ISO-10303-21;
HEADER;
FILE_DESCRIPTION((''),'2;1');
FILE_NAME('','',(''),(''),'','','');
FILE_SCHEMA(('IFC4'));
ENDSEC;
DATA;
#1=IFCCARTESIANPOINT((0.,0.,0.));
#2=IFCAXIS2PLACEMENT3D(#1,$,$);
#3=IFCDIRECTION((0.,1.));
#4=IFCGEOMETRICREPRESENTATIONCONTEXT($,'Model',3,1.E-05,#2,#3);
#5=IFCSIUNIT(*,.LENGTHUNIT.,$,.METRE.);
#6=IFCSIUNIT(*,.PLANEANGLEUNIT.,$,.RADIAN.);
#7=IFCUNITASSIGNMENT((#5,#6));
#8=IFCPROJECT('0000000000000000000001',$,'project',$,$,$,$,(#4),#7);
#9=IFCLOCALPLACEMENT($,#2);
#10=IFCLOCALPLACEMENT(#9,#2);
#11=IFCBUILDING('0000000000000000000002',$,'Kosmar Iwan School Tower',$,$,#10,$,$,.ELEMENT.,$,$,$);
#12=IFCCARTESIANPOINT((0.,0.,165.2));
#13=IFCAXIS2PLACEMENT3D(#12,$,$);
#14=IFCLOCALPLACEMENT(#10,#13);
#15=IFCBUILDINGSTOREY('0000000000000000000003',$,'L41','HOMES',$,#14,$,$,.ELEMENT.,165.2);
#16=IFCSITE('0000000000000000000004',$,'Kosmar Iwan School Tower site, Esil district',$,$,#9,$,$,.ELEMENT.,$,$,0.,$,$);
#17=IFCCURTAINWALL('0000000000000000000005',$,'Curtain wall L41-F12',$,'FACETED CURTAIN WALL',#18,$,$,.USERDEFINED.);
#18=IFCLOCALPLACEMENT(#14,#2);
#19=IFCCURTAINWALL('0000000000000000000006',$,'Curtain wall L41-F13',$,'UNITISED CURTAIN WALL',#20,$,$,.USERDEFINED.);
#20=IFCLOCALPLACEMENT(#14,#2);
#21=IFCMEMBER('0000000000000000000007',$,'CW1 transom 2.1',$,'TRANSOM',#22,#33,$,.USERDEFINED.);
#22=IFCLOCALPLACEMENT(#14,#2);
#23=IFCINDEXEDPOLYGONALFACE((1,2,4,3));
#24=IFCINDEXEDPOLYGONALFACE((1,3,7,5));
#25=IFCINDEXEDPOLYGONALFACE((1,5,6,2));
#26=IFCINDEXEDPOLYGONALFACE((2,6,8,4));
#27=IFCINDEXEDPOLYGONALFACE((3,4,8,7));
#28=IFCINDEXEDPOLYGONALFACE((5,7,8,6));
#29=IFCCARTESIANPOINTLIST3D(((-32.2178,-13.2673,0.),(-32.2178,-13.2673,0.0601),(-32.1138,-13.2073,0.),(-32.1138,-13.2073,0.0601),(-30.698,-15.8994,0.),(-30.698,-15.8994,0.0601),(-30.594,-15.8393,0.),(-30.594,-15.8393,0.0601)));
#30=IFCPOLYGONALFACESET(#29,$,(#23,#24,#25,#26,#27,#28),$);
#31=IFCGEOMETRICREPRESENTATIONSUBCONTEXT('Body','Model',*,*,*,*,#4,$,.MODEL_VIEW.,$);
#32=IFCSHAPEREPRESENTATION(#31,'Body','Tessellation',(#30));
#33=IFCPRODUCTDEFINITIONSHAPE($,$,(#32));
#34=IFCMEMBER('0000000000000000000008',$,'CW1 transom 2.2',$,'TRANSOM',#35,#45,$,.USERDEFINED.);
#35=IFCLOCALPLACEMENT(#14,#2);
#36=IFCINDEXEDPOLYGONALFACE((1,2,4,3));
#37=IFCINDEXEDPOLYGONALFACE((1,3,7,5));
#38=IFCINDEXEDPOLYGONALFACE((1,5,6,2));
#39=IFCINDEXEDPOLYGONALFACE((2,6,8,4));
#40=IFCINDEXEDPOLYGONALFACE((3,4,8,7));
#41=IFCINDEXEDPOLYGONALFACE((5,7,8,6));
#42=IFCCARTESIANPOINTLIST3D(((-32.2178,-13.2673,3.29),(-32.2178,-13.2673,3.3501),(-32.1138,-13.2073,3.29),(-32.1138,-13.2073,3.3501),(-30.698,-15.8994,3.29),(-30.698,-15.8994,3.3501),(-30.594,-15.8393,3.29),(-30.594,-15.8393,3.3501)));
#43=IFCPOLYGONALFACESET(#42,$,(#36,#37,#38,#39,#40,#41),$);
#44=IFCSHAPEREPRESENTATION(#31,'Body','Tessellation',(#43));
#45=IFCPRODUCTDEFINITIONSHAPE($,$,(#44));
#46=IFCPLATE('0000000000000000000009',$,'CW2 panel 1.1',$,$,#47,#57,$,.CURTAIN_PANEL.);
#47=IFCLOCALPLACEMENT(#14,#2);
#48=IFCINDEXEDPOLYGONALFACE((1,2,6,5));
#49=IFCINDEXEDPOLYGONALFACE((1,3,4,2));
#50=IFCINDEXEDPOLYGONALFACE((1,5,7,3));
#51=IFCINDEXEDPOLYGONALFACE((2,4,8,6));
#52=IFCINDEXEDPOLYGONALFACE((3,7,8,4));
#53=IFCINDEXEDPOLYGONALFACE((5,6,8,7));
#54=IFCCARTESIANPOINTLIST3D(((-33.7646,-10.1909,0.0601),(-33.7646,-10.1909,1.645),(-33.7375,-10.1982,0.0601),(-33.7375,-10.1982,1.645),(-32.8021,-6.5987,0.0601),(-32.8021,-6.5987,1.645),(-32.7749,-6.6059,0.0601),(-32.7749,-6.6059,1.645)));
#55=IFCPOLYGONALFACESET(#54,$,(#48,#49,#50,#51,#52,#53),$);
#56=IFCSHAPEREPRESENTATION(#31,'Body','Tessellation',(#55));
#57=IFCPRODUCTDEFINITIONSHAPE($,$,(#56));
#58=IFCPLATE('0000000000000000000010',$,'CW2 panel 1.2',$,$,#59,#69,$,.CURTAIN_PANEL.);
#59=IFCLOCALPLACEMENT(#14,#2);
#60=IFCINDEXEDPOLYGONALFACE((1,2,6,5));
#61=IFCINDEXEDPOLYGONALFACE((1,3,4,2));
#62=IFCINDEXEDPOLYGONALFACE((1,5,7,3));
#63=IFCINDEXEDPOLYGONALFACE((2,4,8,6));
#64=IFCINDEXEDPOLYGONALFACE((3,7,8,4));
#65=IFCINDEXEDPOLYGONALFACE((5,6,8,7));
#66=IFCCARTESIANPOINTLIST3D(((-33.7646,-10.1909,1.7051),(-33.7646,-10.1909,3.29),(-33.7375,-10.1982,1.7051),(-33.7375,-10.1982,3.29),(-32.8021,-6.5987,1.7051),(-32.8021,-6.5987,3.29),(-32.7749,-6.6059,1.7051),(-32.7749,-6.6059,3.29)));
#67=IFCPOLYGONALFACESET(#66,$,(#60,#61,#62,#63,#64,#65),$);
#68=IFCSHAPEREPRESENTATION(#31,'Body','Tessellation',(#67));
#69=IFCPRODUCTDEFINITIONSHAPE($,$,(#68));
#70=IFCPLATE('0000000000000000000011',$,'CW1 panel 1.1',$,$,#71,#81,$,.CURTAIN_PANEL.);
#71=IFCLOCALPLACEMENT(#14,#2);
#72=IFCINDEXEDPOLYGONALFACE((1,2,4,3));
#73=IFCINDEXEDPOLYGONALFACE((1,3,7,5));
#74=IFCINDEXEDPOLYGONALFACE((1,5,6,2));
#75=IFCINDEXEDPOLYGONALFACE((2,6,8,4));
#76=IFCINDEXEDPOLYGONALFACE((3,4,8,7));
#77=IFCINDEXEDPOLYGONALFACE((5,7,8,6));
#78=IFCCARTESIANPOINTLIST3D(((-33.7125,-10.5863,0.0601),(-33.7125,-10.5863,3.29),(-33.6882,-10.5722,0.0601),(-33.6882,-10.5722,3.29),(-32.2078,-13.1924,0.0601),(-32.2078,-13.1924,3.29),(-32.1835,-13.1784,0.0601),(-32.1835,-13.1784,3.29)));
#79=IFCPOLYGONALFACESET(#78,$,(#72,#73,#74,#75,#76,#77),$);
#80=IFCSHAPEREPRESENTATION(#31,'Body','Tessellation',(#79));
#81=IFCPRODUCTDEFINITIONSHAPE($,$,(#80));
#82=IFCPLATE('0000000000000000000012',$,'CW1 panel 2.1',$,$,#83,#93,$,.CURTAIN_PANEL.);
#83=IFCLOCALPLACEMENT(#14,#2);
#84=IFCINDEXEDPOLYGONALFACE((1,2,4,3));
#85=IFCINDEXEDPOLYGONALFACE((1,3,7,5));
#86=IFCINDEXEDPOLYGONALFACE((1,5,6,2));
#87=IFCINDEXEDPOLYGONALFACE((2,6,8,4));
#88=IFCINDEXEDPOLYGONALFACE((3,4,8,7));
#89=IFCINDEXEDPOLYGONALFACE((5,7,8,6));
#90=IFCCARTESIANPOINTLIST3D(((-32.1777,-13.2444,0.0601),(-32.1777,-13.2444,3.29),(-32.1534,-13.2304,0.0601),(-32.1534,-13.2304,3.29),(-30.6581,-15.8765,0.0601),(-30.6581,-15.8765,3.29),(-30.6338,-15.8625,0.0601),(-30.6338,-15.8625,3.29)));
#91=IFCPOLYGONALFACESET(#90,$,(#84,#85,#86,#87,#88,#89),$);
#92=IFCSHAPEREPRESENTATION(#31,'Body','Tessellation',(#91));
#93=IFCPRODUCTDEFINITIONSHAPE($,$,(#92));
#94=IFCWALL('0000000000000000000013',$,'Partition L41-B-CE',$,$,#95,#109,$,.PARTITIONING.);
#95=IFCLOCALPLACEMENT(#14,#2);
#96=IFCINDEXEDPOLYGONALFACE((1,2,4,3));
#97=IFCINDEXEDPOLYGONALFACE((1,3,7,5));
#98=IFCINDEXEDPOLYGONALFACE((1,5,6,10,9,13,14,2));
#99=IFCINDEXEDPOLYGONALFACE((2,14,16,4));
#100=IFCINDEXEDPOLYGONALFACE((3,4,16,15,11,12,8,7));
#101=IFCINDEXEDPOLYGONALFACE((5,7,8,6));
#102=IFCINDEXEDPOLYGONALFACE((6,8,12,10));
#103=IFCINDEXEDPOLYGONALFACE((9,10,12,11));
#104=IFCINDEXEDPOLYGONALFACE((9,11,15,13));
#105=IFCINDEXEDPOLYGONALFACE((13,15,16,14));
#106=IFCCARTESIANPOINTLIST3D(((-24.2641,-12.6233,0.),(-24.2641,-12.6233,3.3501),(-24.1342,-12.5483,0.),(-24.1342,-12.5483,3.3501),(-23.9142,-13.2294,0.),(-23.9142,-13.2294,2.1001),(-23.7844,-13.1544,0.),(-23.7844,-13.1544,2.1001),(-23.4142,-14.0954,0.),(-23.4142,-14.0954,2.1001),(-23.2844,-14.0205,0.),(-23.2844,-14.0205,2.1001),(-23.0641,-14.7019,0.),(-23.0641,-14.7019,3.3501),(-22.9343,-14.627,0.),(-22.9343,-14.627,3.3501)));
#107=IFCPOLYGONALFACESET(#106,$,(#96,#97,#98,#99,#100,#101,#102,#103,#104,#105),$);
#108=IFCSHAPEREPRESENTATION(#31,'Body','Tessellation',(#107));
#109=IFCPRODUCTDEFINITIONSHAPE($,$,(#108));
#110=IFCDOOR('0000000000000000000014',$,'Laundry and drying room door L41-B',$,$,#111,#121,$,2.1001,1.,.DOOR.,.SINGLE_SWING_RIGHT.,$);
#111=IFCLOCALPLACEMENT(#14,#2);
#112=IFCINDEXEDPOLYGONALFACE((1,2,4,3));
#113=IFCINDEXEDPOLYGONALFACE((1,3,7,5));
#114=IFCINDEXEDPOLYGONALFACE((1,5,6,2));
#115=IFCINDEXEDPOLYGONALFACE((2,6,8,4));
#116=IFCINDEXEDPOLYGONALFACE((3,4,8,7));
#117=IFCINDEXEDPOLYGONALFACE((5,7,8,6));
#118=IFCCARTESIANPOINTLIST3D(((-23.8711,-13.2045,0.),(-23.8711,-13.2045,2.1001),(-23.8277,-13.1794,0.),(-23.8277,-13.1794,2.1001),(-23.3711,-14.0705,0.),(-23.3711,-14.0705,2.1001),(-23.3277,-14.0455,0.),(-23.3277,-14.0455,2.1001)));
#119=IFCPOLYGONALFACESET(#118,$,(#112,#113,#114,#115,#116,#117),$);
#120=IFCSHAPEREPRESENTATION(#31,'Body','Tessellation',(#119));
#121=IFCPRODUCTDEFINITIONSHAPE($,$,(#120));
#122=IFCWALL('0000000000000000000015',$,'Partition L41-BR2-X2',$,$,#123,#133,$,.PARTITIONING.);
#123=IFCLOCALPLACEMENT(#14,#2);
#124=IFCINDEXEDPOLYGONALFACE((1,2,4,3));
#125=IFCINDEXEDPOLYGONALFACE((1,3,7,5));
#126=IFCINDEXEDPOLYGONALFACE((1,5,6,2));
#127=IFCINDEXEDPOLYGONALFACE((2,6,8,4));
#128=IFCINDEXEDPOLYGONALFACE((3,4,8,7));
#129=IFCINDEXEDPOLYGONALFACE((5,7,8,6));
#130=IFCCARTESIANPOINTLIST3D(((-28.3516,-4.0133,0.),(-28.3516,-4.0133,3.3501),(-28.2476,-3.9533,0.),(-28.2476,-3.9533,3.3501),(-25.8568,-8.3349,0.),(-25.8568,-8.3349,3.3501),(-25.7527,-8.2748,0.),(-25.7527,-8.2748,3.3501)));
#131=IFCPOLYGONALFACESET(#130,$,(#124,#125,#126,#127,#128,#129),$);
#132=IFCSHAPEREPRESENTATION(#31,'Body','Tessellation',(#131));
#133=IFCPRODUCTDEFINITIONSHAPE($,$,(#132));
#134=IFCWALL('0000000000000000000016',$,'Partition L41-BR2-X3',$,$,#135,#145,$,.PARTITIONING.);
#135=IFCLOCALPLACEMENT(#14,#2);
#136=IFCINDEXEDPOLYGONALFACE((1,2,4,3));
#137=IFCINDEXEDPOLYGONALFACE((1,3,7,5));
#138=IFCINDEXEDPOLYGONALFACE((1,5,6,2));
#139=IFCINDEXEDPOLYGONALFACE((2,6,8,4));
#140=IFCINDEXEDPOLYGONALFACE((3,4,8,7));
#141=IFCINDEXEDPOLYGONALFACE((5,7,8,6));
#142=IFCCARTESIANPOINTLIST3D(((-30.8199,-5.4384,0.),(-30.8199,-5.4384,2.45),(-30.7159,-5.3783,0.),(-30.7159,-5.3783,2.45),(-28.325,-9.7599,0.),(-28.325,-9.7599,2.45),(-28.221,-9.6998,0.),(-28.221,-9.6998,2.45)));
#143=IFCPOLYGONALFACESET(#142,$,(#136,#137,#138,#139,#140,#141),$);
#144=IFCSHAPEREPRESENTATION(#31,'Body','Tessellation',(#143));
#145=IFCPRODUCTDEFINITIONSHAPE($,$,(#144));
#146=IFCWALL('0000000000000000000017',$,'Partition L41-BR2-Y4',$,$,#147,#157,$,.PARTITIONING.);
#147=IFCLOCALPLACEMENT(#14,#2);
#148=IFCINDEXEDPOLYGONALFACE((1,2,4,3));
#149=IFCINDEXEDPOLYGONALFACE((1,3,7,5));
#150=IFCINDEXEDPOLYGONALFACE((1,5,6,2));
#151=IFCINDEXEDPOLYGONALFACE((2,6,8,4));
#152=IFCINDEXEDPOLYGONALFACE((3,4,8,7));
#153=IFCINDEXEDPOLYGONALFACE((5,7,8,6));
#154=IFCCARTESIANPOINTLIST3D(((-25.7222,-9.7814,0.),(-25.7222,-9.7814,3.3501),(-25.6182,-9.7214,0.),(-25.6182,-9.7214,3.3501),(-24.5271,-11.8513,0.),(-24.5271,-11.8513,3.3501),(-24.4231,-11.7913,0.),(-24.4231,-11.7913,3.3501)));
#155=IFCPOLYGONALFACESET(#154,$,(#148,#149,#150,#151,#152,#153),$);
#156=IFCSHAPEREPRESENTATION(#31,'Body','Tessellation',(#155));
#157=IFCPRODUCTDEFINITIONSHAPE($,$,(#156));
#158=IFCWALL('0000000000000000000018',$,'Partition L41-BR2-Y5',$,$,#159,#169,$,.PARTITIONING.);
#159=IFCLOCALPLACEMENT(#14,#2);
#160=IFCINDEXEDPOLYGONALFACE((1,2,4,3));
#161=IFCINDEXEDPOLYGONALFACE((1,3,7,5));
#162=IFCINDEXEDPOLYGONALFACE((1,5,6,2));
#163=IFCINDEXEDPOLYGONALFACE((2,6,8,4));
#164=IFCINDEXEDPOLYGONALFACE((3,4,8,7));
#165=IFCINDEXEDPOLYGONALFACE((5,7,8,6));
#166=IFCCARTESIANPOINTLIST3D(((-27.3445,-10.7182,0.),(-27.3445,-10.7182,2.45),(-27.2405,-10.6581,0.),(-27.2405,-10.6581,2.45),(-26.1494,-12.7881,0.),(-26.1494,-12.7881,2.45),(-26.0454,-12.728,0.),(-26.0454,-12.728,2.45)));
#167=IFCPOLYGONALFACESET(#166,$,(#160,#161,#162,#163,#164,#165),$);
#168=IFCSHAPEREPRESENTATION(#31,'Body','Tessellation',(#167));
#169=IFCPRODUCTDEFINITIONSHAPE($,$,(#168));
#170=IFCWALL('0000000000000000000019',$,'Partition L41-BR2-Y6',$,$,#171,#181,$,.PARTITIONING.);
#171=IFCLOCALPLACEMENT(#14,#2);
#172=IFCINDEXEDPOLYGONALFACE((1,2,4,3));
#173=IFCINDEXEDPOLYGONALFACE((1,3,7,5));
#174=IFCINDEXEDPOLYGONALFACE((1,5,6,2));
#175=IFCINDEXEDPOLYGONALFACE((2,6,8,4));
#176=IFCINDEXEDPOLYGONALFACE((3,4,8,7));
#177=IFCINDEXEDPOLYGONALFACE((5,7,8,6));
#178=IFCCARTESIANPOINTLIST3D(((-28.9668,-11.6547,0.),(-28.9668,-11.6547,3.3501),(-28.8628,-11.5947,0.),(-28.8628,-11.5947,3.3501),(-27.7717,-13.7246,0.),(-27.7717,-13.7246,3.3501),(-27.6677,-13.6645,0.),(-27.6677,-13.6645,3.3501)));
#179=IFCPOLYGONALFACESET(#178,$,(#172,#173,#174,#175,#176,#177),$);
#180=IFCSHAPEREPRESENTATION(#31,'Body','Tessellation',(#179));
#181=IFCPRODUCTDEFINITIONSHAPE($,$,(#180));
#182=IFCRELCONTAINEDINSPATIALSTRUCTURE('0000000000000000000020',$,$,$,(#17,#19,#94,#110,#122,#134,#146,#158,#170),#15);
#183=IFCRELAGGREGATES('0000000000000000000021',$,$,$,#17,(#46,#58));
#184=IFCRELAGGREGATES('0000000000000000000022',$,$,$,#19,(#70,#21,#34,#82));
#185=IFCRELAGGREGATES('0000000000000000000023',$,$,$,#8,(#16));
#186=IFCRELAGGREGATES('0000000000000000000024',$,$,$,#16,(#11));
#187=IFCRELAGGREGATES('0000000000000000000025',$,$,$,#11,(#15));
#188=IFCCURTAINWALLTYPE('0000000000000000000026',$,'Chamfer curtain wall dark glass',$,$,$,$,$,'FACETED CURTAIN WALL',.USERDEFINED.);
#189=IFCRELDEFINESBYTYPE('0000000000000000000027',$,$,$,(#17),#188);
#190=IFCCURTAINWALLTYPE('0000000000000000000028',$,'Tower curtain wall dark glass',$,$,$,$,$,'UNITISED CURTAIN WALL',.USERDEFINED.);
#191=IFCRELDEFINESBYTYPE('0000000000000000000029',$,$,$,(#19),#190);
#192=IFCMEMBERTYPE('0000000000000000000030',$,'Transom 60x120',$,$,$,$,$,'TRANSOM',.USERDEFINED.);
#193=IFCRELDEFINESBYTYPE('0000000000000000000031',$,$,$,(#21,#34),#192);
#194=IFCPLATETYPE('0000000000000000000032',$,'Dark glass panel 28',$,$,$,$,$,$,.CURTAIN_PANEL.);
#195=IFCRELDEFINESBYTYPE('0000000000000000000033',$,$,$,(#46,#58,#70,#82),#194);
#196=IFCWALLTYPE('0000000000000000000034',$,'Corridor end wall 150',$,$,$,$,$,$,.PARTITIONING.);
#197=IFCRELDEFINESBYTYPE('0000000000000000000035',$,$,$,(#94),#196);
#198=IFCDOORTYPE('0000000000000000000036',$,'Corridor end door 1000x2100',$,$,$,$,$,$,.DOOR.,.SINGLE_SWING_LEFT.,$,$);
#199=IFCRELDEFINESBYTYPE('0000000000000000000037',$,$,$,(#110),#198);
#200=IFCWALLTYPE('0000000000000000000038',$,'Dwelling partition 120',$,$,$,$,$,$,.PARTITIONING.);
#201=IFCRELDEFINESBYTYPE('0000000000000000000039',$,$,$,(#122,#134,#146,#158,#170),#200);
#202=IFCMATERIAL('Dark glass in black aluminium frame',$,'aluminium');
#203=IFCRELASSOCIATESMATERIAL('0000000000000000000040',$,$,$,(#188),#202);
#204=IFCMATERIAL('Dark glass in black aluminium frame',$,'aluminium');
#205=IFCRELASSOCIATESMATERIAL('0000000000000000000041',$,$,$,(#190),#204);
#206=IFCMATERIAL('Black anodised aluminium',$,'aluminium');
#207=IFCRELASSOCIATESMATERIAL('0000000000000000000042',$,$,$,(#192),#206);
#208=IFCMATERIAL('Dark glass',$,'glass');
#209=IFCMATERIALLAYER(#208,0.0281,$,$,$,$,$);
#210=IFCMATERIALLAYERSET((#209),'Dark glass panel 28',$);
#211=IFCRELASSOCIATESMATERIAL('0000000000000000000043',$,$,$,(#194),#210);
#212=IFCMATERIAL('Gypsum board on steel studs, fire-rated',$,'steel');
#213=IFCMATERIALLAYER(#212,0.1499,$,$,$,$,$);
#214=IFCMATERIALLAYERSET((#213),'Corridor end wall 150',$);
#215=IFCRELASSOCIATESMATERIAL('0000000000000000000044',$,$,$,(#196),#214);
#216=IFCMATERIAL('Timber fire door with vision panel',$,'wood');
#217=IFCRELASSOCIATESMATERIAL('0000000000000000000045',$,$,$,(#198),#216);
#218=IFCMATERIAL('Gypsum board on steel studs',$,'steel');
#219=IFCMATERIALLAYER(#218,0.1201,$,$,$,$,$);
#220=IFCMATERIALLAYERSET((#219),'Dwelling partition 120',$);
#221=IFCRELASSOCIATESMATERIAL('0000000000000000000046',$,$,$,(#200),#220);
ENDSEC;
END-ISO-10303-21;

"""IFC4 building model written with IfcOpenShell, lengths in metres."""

from ifc_helpers import new_model, si_unit, direction, frame, frame_2d, origin, origin_2d, place, context, subcontext, project, spatial, rectangle, extrude, material, layer, layer_set, material_profile, profile_set, type_object, element, fill, aggregate, save


model = new_model("IFC4")

# Units and contexts
model_context = context("Model", 3, precision=1e-05, world=origin(), true_north=direction((0.0, 1.0)))
body_context = subcontext(model_context, "Body", "Model", "MODEL_VIEW")
ifc_project = project(units=[si_unit("LENGTHUNIT", "METRE"), si_unit("PLANEANGLEUNIT", "RADIAN")], contexts=[model_context])

# Site, building, storey
site_placement = place(None, origin())
site = spatial("IfcSite", under=ifc_project, at=site_placement, Name="Kosmar Iwan School Tower site, Esil district", CompositionType="ELEMENT", RefElevation=0.0)
building_placement = place(site_placement, origin())
building = spatial("IfcBuilding", under=site, at=building_placement, Name="Kosmar Iwan School Tower", CompositionType="ELEMENT")
storey_placement = place(building_placement, frame((0.0, 0.0, 165.2)))
storey = spatial("IfcBuildingStorey", under=building, at=storey_placement, Name="L41", Description="HOMES", CompositionType="ELEMENT", Elevation=165.2)

# Curtain wall
ifc_material_1 = material(Name="Dark glass in black aluminium frame", Category="aluminium")
curtain_wall_type_1 = type_object("IfcCurtainWallType", Name="Chamfer curtain wall dark glass", ElementType="FACETED CURTAIN WALL", PredefinedType="USERDEFINED", material=ifc_material_1)
curtain_wall_1_placement = place(storey_placement, origin())
curtain_wall_1 = element("IfcCurtainWall", 1, at=curtain_wall_1_placement, inside=storey, type_object=curtain_wall_type_1, Name="Curtain wall L41-F12", ObjectType="FACETED CURTAIN WALL", PredefinedType="USERDEFINED")

# Curtain wall
ifc_material_2 = material(Name="Dark glass in black aluminium frame", Category="aluminium")
curtain_wall_type_2 = type_object("IfcCurtainWallType", Name="Tower curtain wall dark glass", ElementType="UNITISED CURTAIN WALL", PredefinedType="USERDEFINED", material=ifc_material_2)
curtain_wall_2_placement = place(storey_placement, origin())
curtain_wall_2 = element("IfcCurtainWall", 2, at=curtain_wall_2_placement, inside=storey, type_object=curtain_wall_type_2, Name="Curtain wall L41-F13", ObjectType="UNITISED CURTAIN WALL", PredefinedType="USERDEFINED")

# Members
ifc_material_3 = material(Name="Black anodised aluminium", Category="aluminium")
ifc_material_profile_1 = material_profile(ifc_material_3, rectangle(XDim=0.1201, YDim=0.0601, at=origin_2d()), Name="TRANSOM 60x120")
ifc_profile_set_1 = profile_set([ifc_material_profile_1], Name="Black anodised aluminium")
member_type_1 = type_object("IfcMemberType", Name="Transom 60x120", ElementType="TRANSOM", PredefinedType="USERDEFINED", material=ifc_profile_set_1)
member_1_placement = place(storey_placement, frame((-32.1658, -13.2373, 0.03), z_axis=(0.500035, -0.866005, 0.0), x_axis=(0.866005, 0.500035, 0.0)))
member_1 = element("IfcMember", 3, at=member_1_placement, type_object=member_type_1, Name="CW1 transom 2.1", ObjectType="TRANSOM", PredefinedType="USERDEFINED", context=body_context, shape_type="SweptSolid", body=[
    extrude(rectangle(XDim=0.1201, YDim=0.0601, at=origin_2d()), origin(), (0.0, 0.0, 1.0), 3.0393),
])
member_2_placement = place(storey_placement, frame((-32.1658, -13.2373, 3.3201), z_axis=(0.500035, -0.866005, 0.0), x_axis=(0.866005, 0.500035, 0.0)))
member_2 = element("IfcMember", 4, at=member_2_placement, type_object=member_type_1, Name="CW1 transom 2.2", ObjectType="TRANSOM", PredefinedType="USERDEFINED", context=body_context, shape_type="SweptSolid", body=[
    extrude(rectangle(XDim=0.1201, YDim=0.0601, at=origin_2d()), origin(), (0.0, 0.0, 1.0), 3.0393),
])

# Plates
ifc_material_4 = material(Name="Dark glass", Category="glass")
ifc_layer_1 = layer(ifc_material_4, 0.0281)
ifc_layer_set_1 = layer_set([ifc_layer_1], Name="Dark glass panel 28")
plate_type = type_object("IfcPlateType", Name="Dark glass panel 28", PredefinedType="CURTAIN_PANEL", material=ifc_layer_set_1)
plate_1_placement = place(storey_placement, frame((-33.2698, -8.3984, 0.0601), z_axis=(0.0, 0.0, 1.0), x_axis=(-0.258819, -0.965926, 0.0)))
plate_1 = element("IfcPlate", 5, at=plate_1_placement, type_object=plate_type, Name="CW2 panel 1.1", PredefinedType="CURTAIN_PANEL", context=body_context, shape_type="SweptSolid", body=[
    extrude(rectangle(XDim=3.719, YDim=0.0281, at=origin_2d()), origin(), (0.0, 0.0, 1.0), 1.585),
])
plate_2_placement = place(storey_placement, frame((-33.2698, -8.3984, 1.7051), z_axis=(0.0, 0.0, 1.0), x_axis=(-0.258819, -0.965926, 0.0)))
plate_2 = element("IfcPlate", 6, at=plate_2_placement, type_object=plate_type, Name="CW2 panel 1.2", PredefinedType="CURTAIN_PANEL", context=body_context, shape_type="SweptSolid", body=[
    extrude(rectangle(XDim=3.719, YDim=0.0281, at=origin_2d()), origin(), (0.0, 0.0, 1.0), 1.585),
])
aggregate(curtain_wall_1, [plate_1, plate_2])
plate_3_placement = place(storey_placement, frame((-32.948, -11.8823, 0.0601), z_axis=(0.0, 0.0, 1.0), x_axis=(0.5, -0.866025, 0.0)))
plate_3 = element("IfcPlate", 7, at=plate_3_placement, type_object=plate_type, Name="CW1 panel 1.1", PredefinedType="CURTAIN_PANEL", context=body_context, shape_type="SweptSolid", body=[
    extrude(rectangle(XDim=3.0093, YDim=0.0281, at=origin_2d()), origin(), (0.0, 0.0, 1.0), 3.23),
])
plate_4_placement = place(storey_placement, frame((-31.4058, -14.5535, 0.0601), z_axis=(0.0, 0.0, 1.0), x_axis=(0.5, -0.866025, 0.0)))
plate_4 = element("IfcPlate", 8, at=plate_4_placement, type_object=plate_type, Name="CW1 panel 2.1", PredefinedType="CURTAIN_PANEL", context=body_context, shape_type="SweptSolid", body=[
    extrude(rectangle(XDim=3.0393, YDim=0.0281, at=origin_2d()), origin(), (0.0, 0.0, 1.0), 3.23),
])
aggregate(curtain_wall_2, [plate_3, member_1, member_2, plate_4])

# Wall, opening, door
ifc_material_5 = material(Name="Gypsum board on steel studs, fire-rated", Category="steel")
ifc_layer_2 = layer(ifc_material_5, 0.1499)
ifc_layer_set_2 = layer_set([ifc_layer_2], Name="Corridor end wall 150")
wall_type_1 = type_object("IfcWallType", Name="Corridor end wall 150", PredefinedType="PARTITIONING", material=ifc_layer_set_2)
wall_1_placement = place(storey_placement, frame((-24.1992, -12.5857, 0.0), z_axis=(0.0, 0.0, 1.0), x_axis=(0.499957, -0.86605, 0.0)))
wall_1 = element("IfcWall", 9, at=wall_1_placement, inside=storey, type_object=wall_type_1, Name="Partition L41-B-CE", PredefinedType="PARTITIONING", context=body_context, shape_type="SweptSolid", body=[
    extrude(rectangle(XDim=2.4001, YDim=0.1499, at=frame_2d((1.2002, 0.0))), origin(), (0.0, 0.0, 1.0), 3.3501),
])
opening_placement = place(wall_1_placement, frame((0.7, 0.0, 0.0)))
opening = element("IfcOpeningElement", 10, at=opening_placement, cuts=wall_1, PredefinedType="OPENING", context=body_context, shape_type="SweptSolid", body=[
    extrude(rectangle(XDim=1.0, YDim=2.1001, at=frame_2d((0.5, 1.05))), frame((0.0, 0.0869, 0.0), z_axis=(0.0, -1.0, 0.0), x_axis=(1.0, 0.0, 0.0)), (0.0, 0.0, 1.0), 0.1738),
])
ifc_material_6 = material(Name="Timber fire door with vision panel", Category="wood")
door_type = type_object("IfcDoorType", Name="Corridor end door 1000x2100", OperationType="SINGLE_SWING_LEFT", PredefinedType="DOOR", material=ifc_material_6)
door_placement = place(opening_placement, origin())
door = element("IfcDoor", 11, at=door_placement, inside=storey, type_object=door_type, Name="Laundry and drying room door L41-B", OperationType="SINGLE_SWING_RIGHT", OverallHeight=2.1001, OverallWidth=1.0, PredefinedType="DOOR", context=body_context, shape_type="SweptSolid", body=[
    extrude(rectangle(XDim=1.0, YDim=2.1001, at=frame_2d((0.5, 1.05))), frame((0.0, 0.0249, 0.0), z_axis=(0.0, -1.0, 0.0), x_axis=(1.0, 0.0, 0.0)), (0.0, 0.0, 1.0), 0.05),
])
fill(opening, door)

# Walls
ifc_material_7 = material(Name="Gypsum board on steel studs", Category="steel")
ifc_layer_3 = layer(ifc_material_7, 0.1201)
ifc_layer_set_3 = layer_set([ifc_layer_3], Name="Dwelling partition 120")
wall_type_2 = type_object("IfcWallType", Name="Dwelling partition 120", PredefinedType="PARTITIONING", material=ifc_layer_set_3)
wall_2_placement = place(storey_placement, frame((-25.8047, -8.3049, 0.0), z_axis=(0.0, 0.0, 1.0), x_axis=(-0.499975, 0.86604, 0.0)))
element("IfcWall", 12, at=wall_2_placement, inside=storey, type_object=wall_type_2, Name="Partition L41-BR2-X2", PredefinedType="PARTITIONING", context=body_context, shape_type="SweptSolid", body=[
    extrude(rectangle(XDim=4.99, YDim=0.1201, at=frame_2d((2.4951, 0.0))), origin(), (0.0, 0.0, 1.0), 3.3501),
])
wall_3_placement = place(storey_placement, frame((-28.2729, -9.73, 0.0), z_axis=(0.0, 0.0, 1.0), x_axis=(-0.499975, 0.86604, 0.0)))
element("IfcWall", 13, at=wall_3_placement, inside=storey, type_object=wall_type_2, Name="Partition L41-BR2-X3", PredefinedType="PARTITIONING", context=body_context, shape_type="SweptSolid", body=[
    extrude(rectangle(XDim=4.99, YDim=0.1201, at=frame_2d((2.4951, 0.0))), origin(), (0.0, 0.0, 1.0), 2.45),
])
wall_4_placement = place(storey_placement, frame((-24.4751, -11.8213, 0.0), z_axis=(0.0, 0.0, 1.0), x_axis=(-0.500017, 0.866015, 0.0)))
element("IfcWall", 14, at=wall_4_placement, inside=storey, type_object=wall_type_2, Name="Partition L41-BR2-Y4", PredefinedType="PARTITIONING", context=body_context, shape_type="SweptSolid", body=[
    extrude(rectangle(XDim=2.3901, YDim=0.1201, at=frame_2d((1.1951, 0.0))), origin(), (0.0, 0.0, 1.0), 3.3501),
])
wall_5_placement = place(storey_placement, frame((-26.0974, -12.7581, 0.0), z_axis=(0.0, 0.0, 1.0), x_axis=(-0.500017, 0.866015, 0.0)))
element("IfcWall", 15, at=wall_5_placement, inside=storey, type_object=wall_type_2, Name="Partition L41-BR2-Y5", PredefinedType="PARTITIONING", context=body_context, shape_type="SweptSolid", body=[
    extrude(rectangle(XDim=2.3901, YDim=0.1201, at=frame_2d((1.1951, 0.0))), origin(), (0.0, 0.0, 1.0), 2.45),
])
wall_6_placement = place(storey_placement, frame((-27.7197, -13.6946, 0.0), z_axis=(0.0, 0.0, 1.0), x_axis=(-0.500017, 0.866015, 0.0)))
element("IfcWall", 16, at=wall_6_placement, inside=storey, type_object=wall_type_2, Name="Partition L41-BR2-Y6", PredefinedType="PARTITIONING", context=body_context, shape_type="SweptSolid", body=[
    extrude(rectangle(XDim=2.3901, YDim=0.1201, at=frame_2d((1.1951, 0.0))), origin(), (0.0, 0.0, 1.0), 3.3501),
])

save(model, "model.ifc")
